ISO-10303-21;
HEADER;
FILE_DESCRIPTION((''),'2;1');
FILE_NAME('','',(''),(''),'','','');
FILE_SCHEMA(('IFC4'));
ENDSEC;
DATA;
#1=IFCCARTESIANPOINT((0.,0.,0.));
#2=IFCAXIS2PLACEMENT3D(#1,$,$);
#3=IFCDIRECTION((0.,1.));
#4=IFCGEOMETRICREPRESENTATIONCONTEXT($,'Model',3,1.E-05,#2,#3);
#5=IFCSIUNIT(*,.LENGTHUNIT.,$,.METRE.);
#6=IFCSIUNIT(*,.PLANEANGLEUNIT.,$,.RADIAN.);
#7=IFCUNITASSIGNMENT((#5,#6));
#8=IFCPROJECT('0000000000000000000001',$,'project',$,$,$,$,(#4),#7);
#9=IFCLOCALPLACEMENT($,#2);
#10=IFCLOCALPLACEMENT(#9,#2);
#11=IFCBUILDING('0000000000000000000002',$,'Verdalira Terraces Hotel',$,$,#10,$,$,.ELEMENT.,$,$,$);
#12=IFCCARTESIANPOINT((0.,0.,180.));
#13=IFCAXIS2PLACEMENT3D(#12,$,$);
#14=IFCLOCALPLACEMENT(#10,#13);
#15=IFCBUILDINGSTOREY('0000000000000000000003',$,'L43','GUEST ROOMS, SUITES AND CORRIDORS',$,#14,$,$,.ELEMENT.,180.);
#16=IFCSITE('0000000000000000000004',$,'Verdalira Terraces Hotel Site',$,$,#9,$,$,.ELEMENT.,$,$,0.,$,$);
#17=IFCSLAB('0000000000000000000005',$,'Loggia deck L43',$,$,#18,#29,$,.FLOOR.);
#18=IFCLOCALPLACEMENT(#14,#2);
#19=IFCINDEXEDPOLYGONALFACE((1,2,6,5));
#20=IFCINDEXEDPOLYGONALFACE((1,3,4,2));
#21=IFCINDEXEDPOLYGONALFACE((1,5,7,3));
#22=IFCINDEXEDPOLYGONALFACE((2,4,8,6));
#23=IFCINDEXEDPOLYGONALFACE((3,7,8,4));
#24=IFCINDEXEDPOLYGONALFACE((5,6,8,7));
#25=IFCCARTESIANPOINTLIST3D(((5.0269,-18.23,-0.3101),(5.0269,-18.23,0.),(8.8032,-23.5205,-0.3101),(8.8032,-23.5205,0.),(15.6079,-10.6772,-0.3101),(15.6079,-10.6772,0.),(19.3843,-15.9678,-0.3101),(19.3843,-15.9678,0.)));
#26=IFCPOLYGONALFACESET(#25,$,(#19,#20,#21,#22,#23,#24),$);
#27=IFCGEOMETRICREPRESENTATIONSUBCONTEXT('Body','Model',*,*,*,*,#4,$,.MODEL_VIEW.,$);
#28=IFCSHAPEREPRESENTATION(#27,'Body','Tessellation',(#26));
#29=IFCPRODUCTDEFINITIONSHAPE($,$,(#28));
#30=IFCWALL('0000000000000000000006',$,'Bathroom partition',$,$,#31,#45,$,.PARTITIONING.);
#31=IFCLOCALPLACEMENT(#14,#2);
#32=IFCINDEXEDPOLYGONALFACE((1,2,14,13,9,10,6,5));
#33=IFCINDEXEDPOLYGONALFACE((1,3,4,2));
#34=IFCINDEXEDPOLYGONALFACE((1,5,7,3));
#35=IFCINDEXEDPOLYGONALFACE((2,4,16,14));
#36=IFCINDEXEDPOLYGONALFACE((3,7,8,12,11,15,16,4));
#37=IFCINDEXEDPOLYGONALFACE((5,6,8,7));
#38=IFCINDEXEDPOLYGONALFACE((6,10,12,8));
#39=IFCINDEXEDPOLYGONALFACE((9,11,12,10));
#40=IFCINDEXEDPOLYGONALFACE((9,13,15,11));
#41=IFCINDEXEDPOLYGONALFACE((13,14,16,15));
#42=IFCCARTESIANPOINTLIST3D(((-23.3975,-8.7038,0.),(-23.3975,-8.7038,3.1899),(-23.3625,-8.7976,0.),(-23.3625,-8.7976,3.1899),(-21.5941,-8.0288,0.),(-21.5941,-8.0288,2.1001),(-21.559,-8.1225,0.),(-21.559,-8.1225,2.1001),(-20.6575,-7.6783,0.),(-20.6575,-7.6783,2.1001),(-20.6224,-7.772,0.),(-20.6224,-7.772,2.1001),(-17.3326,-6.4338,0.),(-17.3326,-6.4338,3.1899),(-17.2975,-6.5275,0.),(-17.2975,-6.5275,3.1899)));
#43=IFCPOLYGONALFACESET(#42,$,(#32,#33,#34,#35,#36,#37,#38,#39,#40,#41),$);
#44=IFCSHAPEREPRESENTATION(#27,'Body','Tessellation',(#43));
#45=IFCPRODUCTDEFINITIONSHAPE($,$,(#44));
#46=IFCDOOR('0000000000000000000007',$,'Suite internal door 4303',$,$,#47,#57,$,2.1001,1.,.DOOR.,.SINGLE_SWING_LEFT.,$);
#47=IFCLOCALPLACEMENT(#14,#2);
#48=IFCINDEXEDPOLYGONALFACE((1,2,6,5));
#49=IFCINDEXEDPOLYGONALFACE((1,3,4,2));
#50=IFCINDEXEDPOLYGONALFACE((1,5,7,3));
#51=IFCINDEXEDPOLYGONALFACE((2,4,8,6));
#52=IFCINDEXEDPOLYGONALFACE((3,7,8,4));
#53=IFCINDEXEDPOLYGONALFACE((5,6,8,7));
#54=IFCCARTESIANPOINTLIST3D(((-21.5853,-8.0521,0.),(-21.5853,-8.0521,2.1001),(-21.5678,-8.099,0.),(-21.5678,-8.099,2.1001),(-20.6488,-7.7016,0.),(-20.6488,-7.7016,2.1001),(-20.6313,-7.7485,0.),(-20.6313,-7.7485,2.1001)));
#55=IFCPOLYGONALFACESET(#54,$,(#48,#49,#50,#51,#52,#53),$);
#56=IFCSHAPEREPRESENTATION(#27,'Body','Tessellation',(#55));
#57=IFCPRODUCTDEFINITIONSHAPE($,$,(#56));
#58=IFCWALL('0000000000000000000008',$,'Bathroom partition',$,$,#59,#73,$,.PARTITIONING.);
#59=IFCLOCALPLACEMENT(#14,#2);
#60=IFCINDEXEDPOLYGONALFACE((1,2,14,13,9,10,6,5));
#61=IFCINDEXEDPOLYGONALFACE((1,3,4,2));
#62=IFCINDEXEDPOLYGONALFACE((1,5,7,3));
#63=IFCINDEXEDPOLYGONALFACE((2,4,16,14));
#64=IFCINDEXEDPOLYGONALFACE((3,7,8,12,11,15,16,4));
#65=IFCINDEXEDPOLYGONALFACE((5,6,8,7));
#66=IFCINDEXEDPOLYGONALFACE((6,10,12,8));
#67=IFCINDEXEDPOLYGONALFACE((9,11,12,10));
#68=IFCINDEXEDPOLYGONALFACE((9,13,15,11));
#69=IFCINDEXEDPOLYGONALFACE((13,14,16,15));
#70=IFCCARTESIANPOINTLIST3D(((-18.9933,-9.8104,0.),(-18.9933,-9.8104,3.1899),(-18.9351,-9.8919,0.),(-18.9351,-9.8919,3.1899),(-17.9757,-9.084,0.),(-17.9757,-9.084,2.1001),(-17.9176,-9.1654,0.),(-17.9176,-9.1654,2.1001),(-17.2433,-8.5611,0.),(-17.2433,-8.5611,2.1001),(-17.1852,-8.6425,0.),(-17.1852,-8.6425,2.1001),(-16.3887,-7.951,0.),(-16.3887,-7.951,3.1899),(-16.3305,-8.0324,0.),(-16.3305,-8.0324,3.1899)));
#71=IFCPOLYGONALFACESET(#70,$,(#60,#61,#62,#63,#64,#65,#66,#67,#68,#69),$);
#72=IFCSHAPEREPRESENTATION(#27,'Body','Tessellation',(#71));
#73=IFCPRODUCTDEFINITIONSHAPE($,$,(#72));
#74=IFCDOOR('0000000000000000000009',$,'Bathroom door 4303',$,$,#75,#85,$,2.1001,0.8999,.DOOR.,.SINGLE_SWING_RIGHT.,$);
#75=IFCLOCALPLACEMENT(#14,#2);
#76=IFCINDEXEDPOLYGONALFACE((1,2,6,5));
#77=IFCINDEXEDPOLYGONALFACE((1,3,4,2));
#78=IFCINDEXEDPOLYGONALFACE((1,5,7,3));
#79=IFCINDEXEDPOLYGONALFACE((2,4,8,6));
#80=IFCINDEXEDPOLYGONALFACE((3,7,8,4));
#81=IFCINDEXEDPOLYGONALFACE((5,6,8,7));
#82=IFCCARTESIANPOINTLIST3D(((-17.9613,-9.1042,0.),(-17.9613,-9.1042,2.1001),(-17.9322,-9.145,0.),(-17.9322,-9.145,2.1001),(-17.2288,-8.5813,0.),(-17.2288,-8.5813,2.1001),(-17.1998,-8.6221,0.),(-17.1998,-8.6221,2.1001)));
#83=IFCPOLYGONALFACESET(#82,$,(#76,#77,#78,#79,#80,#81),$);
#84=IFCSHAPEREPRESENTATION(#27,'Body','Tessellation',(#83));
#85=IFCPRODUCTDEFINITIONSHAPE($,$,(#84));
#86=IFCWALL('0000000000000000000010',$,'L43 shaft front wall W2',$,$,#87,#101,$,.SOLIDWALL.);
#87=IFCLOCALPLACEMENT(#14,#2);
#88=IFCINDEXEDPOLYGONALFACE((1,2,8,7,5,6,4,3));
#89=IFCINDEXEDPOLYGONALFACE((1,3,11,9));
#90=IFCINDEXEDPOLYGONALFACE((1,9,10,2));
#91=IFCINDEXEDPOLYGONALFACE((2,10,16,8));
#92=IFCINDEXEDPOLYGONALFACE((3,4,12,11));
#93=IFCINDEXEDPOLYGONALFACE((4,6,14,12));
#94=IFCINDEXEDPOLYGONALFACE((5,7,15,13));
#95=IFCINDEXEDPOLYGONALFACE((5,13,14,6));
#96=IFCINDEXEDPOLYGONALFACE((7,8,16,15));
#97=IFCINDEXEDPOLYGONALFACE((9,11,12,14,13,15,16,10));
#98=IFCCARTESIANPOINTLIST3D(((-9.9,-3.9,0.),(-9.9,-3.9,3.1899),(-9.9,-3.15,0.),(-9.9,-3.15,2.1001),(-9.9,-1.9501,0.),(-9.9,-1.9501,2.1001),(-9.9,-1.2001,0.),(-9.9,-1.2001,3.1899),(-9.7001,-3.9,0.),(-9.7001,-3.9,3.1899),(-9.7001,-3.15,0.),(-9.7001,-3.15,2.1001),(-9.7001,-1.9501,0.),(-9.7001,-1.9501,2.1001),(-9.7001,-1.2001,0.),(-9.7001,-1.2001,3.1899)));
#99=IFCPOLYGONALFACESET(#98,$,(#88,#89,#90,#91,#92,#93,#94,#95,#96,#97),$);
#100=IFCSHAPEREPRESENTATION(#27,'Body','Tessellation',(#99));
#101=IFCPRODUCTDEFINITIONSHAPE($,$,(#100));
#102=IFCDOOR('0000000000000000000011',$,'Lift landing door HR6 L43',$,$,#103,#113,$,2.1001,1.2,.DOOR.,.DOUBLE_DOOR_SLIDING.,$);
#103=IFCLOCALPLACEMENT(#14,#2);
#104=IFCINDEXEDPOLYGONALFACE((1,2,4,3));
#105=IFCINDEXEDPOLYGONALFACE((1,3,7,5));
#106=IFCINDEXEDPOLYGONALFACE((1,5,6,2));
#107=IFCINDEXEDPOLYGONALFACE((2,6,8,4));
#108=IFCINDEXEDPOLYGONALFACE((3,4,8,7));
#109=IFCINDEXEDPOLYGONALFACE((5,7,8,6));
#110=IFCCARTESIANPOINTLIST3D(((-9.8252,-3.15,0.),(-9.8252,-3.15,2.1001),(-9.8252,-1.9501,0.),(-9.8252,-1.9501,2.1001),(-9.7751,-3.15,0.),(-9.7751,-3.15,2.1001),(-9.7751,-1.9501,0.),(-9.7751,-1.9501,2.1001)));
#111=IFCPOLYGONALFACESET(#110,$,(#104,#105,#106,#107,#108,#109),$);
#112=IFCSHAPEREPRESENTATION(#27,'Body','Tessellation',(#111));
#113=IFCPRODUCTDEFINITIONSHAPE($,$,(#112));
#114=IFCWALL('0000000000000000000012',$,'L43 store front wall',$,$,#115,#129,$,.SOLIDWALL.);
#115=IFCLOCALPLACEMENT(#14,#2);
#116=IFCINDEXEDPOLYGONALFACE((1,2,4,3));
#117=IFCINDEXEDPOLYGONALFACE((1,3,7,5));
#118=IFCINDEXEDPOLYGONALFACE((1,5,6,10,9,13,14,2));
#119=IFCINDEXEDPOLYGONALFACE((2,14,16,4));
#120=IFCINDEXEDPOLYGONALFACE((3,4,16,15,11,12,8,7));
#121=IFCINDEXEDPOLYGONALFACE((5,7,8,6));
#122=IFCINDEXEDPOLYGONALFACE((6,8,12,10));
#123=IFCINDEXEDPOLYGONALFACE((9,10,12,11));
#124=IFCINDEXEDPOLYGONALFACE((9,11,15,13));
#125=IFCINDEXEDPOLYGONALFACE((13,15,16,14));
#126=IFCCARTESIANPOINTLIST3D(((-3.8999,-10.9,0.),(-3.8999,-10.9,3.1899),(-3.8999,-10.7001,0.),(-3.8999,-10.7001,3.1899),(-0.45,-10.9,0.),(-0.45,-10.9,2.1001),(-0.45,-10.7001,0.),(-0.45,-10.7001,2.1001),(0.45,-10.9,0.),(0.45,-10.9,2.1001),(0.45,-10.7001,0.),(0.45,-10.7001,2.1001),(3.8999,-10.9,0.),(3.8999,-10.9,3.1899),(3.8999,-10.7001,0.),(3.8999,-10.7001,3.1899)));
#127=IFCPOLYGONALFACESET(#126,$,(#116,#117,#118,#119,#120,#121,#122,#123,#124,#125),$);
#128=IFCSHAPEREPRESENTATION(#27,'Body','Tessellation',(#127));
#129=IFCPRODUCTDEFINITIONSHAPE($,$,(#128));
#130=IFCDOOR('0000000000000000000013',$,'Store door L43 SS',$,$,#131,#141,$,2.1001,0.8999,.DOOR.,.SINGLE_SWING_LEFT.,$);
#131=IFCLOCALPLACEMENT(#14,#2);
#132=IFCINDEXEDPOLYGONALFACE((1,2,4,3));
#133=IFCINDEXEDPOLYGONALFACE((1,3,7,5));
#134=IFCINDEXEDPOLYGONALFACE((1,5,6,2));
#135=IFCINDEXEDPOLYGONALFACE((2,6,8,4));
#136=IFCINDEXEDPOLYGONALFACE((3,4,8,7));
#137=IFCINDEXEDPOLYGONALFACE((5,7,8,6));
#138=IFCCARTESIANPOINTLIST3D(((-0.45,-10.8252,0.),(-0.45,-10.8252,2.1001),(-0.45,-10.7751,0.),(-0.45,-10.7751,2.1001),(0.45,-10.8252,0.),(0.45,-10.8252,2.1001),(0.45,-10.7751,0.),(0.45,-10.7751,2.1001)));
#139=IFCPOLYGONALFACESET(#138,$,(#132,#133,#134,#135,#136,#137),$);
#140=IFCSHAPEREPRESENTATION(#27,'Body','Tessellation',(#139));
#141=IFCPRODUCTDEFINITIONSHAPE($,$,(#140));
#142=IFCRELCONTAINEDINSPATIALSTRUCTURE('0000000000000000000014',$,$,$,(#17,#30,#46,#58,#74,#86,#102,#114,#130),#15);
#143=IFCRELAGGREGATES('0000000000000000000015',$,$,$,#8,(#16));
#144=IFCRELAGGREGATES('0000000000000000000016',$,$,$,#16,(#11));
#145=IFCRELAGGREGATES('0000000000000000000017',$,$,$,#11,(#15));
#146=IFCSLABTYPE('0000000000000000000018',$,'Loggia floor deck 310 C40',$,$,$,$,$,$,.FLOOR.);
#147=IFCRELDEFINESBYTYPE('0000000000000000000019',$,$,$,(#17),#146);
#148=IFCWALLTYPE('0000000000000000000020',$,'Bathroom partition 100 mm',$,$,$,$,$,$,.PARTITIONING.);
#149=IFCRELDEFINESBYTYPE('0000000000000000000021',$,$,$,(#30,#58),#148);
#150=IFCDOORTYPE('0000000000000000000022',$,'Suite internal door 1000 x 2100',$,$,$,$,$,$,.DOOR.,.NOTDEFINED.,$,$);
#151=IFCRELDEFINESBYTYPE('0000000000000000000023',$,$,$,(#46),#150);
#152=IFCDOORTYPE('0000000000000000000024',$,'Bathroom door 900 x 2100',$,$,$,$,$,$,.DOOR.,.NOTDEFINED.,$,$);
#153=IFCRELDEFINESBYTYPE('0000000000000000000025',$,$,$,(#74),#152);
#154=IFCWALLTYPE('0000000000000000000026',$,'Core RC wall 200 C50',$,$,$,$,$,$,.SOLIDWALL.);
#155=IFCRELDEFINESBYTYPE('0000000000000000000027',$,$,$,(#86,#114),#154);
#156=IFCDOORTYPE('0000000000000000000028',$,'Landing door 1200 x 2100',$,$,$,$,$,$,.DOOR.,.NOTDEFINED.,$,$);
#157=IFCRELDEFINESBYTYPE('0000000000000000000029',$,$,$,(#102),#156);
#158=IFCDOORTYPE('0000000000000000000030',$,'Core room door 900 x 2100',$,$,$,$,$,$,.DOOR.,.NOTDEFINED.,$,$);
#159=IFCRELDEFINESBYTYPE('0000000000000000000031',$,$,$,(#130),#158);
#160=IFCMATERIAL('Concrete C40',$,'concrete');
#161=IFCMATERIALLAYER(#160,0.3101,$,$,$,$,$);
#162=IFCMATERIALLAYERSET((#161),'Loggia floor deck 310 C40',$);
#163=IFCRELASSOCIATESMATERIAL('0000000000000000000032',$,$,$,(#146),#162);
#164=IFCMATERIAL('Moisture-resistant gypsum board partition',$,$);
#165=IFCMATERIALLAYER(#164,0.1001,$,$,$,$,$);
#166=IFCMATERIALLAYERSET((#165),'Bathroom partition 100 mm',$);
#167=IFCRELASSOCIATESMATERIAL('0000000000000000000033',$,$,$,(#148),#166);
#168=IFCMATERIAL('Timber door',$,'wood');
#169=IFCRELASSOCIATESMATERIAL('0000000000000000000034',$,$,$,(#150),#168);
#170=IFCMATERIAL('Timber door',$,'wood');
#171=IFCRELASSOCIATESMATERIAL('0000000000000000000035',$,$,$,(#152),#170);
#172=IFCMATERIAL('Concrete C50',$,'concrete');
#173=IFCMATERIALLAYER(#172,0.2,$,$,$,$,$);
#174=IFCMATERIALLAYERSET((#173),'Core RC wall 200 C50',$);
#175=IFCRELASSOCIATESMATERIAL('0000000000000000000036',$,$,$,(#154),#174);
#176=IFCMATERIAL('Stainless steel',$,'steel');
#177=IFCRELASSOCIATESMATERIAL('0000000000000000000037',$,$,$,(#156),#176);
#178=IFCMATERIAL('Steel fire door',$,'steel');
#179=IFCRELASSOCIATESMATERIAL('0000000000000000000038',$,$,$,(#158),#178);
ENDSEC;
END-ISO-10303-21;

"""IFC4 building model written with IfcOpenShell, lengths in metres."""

from ifc_helpers import new_model, si_unit, direction, frame, frame_2d, origin, place, context, subcontext, project, spatial, polyline, rectangle, outline, extrude, material, layer, layer_set, type_object, element, fill, save


model = new_model("IFC4")

# Units and contexts
model_context = context("Model", 3, precision=1e-05, world=origin(), true_north=direction((0.0, 1.0)))
body_context = subcontext(model_context, "Body", "Model", "MODEL_VIEW")
ifc_project = project(units=[si_unit("LENGTHUNIT", "METRE"), si_unit("PLANEANGLEUNIT", "RADIAN")], contexts=[model_context])

# Site, building, storey
site_placement = place(None, origin())
site = spatial("IfcSite", under=ifc_project, at=site_placement, Name="Verdalira Terraces Hotel Site", CompositionType="ELEMENT", RefElevation=0.0)
building_placement = place(site_placement, origin())
building = spatial("IfcBuilding", under=site, at=building_placement, Name="Verdalira Terraces Hotel", CompositionType="ELEMENT")
storey_placement = place(building_placement, frame((0.0, 0.0, 180.0)))
storey = spatial("IfcBuildingStorey", under=building, at=storey_placement, Name="L43", Description="GUEST ROOMS, SUITES AND CORRIDORS", CompositionType="ELEMENT", Elevation=180.0)

# Slab
ifc_material_1 = material(Name="Concrete C40", Category="concrete")
ifc_layer_1 = layer(ifc_material_1, 0.3101)
ifc_layer_set_1 = layer_set([ifc_layer_1], Name="Loggia floor deck 310 C40")
slab_type = type_object("IfcSlabType", Name="Loggia floor deck 310 C40", PredefinedType="FLOOR", material=ifc_layer_set_1)
slab_placement = place(storey_placement, frame((0.0, 0.0, -0.3101)))
element("IfcSlab", 1, at=slab_placement, inside=storey, type_object=slab_type, Name="Loggia deck L43", PredefinedType="FLOOR", context=body_context, shape_type="SweptSolid", body=[
    extrude(outline(polyline([(5.0269, -18.23), (8.8032, -23.5205), (19.3843, -15.9678), (15.6079, -10.6772), (5.0269, -18.23)])), origin(), (0.0, 0.0, 1.0), 0.3101),
])

# Walls, openings, doors
ifc_material_2 = material(Name="Moisture-resistant gypsum board partition")
ifc_layer_2 = layer(ifc_material_2, 0.1001)
ifc_layer_set_2 = layer_set([ifc_layer_2], Name="Bathroom partition 100 mm")
wall_type_1 = type_object("IfcWallType", Name="Bathroom partition 100 mm", PredefinedType="PARTITIONING", material=ifc_layer_set_2)
wall_1_placement = place(storey_placement, frame((-17.3152, -6.4807, 0.0), z_axis=(0.0, 0.0, 1.0), x_axis=(-0.936549, -0.350537, 0.0)))
wall_1 = element("IfcWall", 2, at=wall_1_placement, inside=storey, type_object=wall_type_1, Name="Bathroom partition", PredefinedType="PARTITIONING", context=body_context, shape_type="SweptSolid", body=[
    extrude(rectangle(XDim=6.4758, YDim=0.1001, at=frame_2d((3.2378, 0.0))), origin(), (0.0, 0.0, 1.0), 3.1899),
])
opening_1_placement = place(wall_1_placement, frame((3.55, 0.0, 0.0)))
opening_1 = element("IfcOpeningElement", 3, at=opening_1_placement, cuts=wall_1, PredefinedType="OPENING", context=body_context, shape_type="SweptSolid", body=[
    extrude(rectangle(XDim=1.0, YDim=2.1001, at=frame_2d((0.5, 1.05))), frame((0.0, 0.0601, 0.0), z_axis=(0.0, -1.0, 0.0), x_axis=(1.0, 0.0, 0.0)), (0.0, 0.0, 1.0), 0.1201),
])
ifc_material_3 = material(Name="Timber door", Category="wood")
door_type_1 = type_object("IfcDoorType", Name="Suite internal door 1000 x 2100", OperationType="NOTDEFINED", PredefinedType="DOOR", material=ifc_material_3)
door_1_placement = place(opening_1_placement, origin())
door_1 = element("IfcDoor", 4, at=door_1_placement, inside=storey, type_object=door_type_1, Name="Suite internal door 4303", OperationType="SINGLE_SWING_LEFT", OverallHeight=2.1001, OverallWidth=1.0, PredefinedType="DOOR", context=body_context, shape_type="SweptSolid", body=[
    extrude(rectangle(XDim=1.0, YDim=2.1001, at=frame_2d((0.5, 1.05))), frame((0.0, 0.0249, 0.0), z_axis=(0.0, -1.0, 0.0), x_axis=(1.0, 0.0, 0.0)), (0.0, 0.0, 1.0), 0.05),
])
fill(opening_1, door_1)
wall_2_placement = place(storey_placement, frame((-16.3596, -7.9917, 0.0), z_axis=(0.0, 0.0, 1.0), x_axis=(-0.813878, -0.581036, 0.0)))
wall_2 = element("IfcWall", 5, at=wall_2_placement, inside=storey, type_object=wall_type_1, Name="Bathroom partition", PredefinedType="PARTITIONING", context=body_context, shape_type="SweptSolid", body=[
    extrude(rectangle(XDim=3.2002, YDim=0.1001, at=frame_2d((1.6001, 0.0))), origin(), (0.0, 0.0, 1.0), 3.1899),
])
opening_2_placement = place(wall_2_placement, frame((1.05, 0.0, 0.0)))
opening_2 = element("IfcOpeningElement", 6, at=opening_2_placement, cuts=wall_2, PredefinedType="OPENING", context=body_context, shape_type="SweptSolid", body=[
    extrude(rectangle(XDim=0.8999, YDim=2.1001, at=frame_2d((0.45, 1.05))), frame((0.0, 0.0601, 0.0), z_axis=(0.0, -1.0, 0.0), x_axis=(1.0, 0.0, 0.0)), (0.0, 0.0, 1.0), 0.1201),
])
ifc_material_4 = material(Name="Timber door", Category="wood")
door_type_2 = type_object("IfcDoorType", Name="Bathroom door 900 x 2100", OperationType="NOTDEFINED", PredefinedType="DOOR", material=ifc_material_4)
door_2_placement = place(opening_2_placement, origin())
door_2 = element("IfcDoor", 7, at=door_2_placement, inside=storey, type_object=door_type_2, Name="Bathroom door 4303", OperationType="SINGLE_SWING_RIGHT", OverallHeight=2.1001, OverallWidth=0.8999, PredefinedType="DOOR", context=body_context, shape_type="SweptSolid", body=[
    extrude(rectangle(XDim=0.8999, YDim=2.1001, at=frame_2d((0.45, 1.05))), frame((0.0, 0.0249, 0.0), z_axis=(0.0, -1.0, 0.0), x_axis=(1.0, 0.0, 0.0)), (0.0, 0.0, 1.0), 0.05),
])
fill(opening_2, door_2)
ifc_material_5 = material(Name="Concrete C50", Category="concrete")
ifc_layer_3 = layer(ifc_material_5, 0.2)
ifc_layer_set_3 = layer_set([ifc_layer_3], Name="Core RC wall 200 C50")
wall_type_2 = type_object("IfcWallType", Name="Core RC wall 200 C50", PredefinedType="SOLIDWALL", material=ifc_layer_set_3)
wall_3_placement = place(storey_placement, frame((-9.8, -1.2, 0.0), z_axis=(0.0, 0.0, 1.0), x_axis=(0.0, -1.0, 0.0)))
wall_3 = element("IfcWall", 8, at=wall_3_placement, inside=storey, type_object=wall_type_2, Name="L43 shaft front wall W2", PredefinedType="SOLIDWALL", context=body_context, shape_type="SweptSolid", body=[
    extrude(rectangle(XDim=2.7, YDim=0.2, at=frame_2d((1.3501, 0.0))), origin(), (0.0, 0.0, 1.0), 3.1899),
])
opening_3_placement = place(wall_3_placement, frame((0.75, 0.0, 0.0)))
opening_3 = element("IfcOpeningElement", 9, at=opening_3_placement, cuts=wall_3, PredefinedType="OPENING", context=body_context, shape_type="SweptSolid", body=[
    extrude(rectangle(XDim=1.2, YDim=2.1001, at=frame_2d((0.6001, 1.05))), frame((0.0, 0.1099, 0.0), z_axis=(0.0, -1.0, 0.0), x_axis=(1.0, 0.0, 0.0)), (0.0, 0.0, 1.0), 0.22),
])
ifc_material_6 = material(Name="Stainless steel", Category="steel")
door_type_3 = type_object("IfcDoorType", Name="Landing door 1200 x 2100", OperationType="NOTDEFINED", PredefinedType="DOOR", material=ifc_material_6)
door_3_placement = place(opening_3_placement, origin())
door_3 = element("IfcDoor", 10, at=door_3_placement, inside=storey, type_object=door_type_3, Name="Lift landing door HR6 L43", OperationType="DOUBLE_DOOR_SLIDING", OverallHeight=2.1001, OverallWidth=1.2, PredefinedType="DOOR", context=body_context, shape_type="SweptSolid", body=[
    extrude(rectangle(XDim=1.2, YDim=2.1001, at=frame_2d((0.6001, 1.05))), frame((0.0, 0.0249, 0.0), z_axis=(0.0, -1.0, 0.0), x_axis=(1.0, 0.0, 0.0)), (0.0, 0.0, 1.0), 0.05),
])
fill(opening_3, door_3)
wall_4_placement = place(storey_placement, frame((-3.8999, -10.8, 0.0), z_axis=(0.0, 0.0, 1.0), x_axis=(1.0, 0.0, 0.0)))
wall_4 = element("IfcWall", 11, at=wall_4_placement, inside=storey, type_object=wall_type_2, Name="L43 store front wall", PredefinedType="SOLIDWALL", context=body_context, shape_type="SweptSolid", body=[
    extrude(rectangle(XDim=7.7998, YDim=0.2, at=frame_2d((3.8999, 0.0))), origin(), (0.0, 0.0, 1.0), 3.1899),
])
opening_4_placement = place(wall_4_placement, frame((3.45, 0.0, 0.0)))
opening_4 = element("IfcOpeningElement", 12, at=opening_4_placement, cuts=wall_4, PredefinedType="OPENING", context=body_context, shape_type="SweptSolid", body=[
    extrude(rectangle(XDim=0.8999, YDim=2.1001, at=frame_2d((0.45, 1.05))), frame((0.0, 0.1099, 0.0), z_axis=(0.0, -1.0, 0.0), x_axis=(1.0, 0.0, 0.0)), (0.0, 0.0, 1.0), 0.22),
])
ifc_material_7 = material(Name="Steel fire door", Category="steel")
door_type_4 = type_object("IfcDoorType", Name="Core room door 900 x 2100", OperationType="NOTDEFINED", PredefinedType="DOOR", material=ifc_material_7)
door_4_placement = place(opening_4_placement, origin())
door_4 = element("IfcDoor", 13, at=door_4_placement, inside=storey, type_object=door_type_4, Name="Store door L43 SS", OperationType="SINGLE_SWING_LEFT", OverallHeight=2.1001, OverallWidth=0.8999, PredefinedType="DOOR", context=body_context, shape_type="SweptSolid", body=[
    extrude(rectangle(XDim=0.8999, YDim=2.1001, at=frame_2d((0.45, 1.05))), frame((0.0, 0.0249, 0.0), z_axis=(0.0, -1.0, 0.0), x_axis=(1.0, 0.0, 0.0)), (0.0, 0.0, 1.0), 0.05),
])
fill(opening_4, door_4)

save(model, "model.ifc")
